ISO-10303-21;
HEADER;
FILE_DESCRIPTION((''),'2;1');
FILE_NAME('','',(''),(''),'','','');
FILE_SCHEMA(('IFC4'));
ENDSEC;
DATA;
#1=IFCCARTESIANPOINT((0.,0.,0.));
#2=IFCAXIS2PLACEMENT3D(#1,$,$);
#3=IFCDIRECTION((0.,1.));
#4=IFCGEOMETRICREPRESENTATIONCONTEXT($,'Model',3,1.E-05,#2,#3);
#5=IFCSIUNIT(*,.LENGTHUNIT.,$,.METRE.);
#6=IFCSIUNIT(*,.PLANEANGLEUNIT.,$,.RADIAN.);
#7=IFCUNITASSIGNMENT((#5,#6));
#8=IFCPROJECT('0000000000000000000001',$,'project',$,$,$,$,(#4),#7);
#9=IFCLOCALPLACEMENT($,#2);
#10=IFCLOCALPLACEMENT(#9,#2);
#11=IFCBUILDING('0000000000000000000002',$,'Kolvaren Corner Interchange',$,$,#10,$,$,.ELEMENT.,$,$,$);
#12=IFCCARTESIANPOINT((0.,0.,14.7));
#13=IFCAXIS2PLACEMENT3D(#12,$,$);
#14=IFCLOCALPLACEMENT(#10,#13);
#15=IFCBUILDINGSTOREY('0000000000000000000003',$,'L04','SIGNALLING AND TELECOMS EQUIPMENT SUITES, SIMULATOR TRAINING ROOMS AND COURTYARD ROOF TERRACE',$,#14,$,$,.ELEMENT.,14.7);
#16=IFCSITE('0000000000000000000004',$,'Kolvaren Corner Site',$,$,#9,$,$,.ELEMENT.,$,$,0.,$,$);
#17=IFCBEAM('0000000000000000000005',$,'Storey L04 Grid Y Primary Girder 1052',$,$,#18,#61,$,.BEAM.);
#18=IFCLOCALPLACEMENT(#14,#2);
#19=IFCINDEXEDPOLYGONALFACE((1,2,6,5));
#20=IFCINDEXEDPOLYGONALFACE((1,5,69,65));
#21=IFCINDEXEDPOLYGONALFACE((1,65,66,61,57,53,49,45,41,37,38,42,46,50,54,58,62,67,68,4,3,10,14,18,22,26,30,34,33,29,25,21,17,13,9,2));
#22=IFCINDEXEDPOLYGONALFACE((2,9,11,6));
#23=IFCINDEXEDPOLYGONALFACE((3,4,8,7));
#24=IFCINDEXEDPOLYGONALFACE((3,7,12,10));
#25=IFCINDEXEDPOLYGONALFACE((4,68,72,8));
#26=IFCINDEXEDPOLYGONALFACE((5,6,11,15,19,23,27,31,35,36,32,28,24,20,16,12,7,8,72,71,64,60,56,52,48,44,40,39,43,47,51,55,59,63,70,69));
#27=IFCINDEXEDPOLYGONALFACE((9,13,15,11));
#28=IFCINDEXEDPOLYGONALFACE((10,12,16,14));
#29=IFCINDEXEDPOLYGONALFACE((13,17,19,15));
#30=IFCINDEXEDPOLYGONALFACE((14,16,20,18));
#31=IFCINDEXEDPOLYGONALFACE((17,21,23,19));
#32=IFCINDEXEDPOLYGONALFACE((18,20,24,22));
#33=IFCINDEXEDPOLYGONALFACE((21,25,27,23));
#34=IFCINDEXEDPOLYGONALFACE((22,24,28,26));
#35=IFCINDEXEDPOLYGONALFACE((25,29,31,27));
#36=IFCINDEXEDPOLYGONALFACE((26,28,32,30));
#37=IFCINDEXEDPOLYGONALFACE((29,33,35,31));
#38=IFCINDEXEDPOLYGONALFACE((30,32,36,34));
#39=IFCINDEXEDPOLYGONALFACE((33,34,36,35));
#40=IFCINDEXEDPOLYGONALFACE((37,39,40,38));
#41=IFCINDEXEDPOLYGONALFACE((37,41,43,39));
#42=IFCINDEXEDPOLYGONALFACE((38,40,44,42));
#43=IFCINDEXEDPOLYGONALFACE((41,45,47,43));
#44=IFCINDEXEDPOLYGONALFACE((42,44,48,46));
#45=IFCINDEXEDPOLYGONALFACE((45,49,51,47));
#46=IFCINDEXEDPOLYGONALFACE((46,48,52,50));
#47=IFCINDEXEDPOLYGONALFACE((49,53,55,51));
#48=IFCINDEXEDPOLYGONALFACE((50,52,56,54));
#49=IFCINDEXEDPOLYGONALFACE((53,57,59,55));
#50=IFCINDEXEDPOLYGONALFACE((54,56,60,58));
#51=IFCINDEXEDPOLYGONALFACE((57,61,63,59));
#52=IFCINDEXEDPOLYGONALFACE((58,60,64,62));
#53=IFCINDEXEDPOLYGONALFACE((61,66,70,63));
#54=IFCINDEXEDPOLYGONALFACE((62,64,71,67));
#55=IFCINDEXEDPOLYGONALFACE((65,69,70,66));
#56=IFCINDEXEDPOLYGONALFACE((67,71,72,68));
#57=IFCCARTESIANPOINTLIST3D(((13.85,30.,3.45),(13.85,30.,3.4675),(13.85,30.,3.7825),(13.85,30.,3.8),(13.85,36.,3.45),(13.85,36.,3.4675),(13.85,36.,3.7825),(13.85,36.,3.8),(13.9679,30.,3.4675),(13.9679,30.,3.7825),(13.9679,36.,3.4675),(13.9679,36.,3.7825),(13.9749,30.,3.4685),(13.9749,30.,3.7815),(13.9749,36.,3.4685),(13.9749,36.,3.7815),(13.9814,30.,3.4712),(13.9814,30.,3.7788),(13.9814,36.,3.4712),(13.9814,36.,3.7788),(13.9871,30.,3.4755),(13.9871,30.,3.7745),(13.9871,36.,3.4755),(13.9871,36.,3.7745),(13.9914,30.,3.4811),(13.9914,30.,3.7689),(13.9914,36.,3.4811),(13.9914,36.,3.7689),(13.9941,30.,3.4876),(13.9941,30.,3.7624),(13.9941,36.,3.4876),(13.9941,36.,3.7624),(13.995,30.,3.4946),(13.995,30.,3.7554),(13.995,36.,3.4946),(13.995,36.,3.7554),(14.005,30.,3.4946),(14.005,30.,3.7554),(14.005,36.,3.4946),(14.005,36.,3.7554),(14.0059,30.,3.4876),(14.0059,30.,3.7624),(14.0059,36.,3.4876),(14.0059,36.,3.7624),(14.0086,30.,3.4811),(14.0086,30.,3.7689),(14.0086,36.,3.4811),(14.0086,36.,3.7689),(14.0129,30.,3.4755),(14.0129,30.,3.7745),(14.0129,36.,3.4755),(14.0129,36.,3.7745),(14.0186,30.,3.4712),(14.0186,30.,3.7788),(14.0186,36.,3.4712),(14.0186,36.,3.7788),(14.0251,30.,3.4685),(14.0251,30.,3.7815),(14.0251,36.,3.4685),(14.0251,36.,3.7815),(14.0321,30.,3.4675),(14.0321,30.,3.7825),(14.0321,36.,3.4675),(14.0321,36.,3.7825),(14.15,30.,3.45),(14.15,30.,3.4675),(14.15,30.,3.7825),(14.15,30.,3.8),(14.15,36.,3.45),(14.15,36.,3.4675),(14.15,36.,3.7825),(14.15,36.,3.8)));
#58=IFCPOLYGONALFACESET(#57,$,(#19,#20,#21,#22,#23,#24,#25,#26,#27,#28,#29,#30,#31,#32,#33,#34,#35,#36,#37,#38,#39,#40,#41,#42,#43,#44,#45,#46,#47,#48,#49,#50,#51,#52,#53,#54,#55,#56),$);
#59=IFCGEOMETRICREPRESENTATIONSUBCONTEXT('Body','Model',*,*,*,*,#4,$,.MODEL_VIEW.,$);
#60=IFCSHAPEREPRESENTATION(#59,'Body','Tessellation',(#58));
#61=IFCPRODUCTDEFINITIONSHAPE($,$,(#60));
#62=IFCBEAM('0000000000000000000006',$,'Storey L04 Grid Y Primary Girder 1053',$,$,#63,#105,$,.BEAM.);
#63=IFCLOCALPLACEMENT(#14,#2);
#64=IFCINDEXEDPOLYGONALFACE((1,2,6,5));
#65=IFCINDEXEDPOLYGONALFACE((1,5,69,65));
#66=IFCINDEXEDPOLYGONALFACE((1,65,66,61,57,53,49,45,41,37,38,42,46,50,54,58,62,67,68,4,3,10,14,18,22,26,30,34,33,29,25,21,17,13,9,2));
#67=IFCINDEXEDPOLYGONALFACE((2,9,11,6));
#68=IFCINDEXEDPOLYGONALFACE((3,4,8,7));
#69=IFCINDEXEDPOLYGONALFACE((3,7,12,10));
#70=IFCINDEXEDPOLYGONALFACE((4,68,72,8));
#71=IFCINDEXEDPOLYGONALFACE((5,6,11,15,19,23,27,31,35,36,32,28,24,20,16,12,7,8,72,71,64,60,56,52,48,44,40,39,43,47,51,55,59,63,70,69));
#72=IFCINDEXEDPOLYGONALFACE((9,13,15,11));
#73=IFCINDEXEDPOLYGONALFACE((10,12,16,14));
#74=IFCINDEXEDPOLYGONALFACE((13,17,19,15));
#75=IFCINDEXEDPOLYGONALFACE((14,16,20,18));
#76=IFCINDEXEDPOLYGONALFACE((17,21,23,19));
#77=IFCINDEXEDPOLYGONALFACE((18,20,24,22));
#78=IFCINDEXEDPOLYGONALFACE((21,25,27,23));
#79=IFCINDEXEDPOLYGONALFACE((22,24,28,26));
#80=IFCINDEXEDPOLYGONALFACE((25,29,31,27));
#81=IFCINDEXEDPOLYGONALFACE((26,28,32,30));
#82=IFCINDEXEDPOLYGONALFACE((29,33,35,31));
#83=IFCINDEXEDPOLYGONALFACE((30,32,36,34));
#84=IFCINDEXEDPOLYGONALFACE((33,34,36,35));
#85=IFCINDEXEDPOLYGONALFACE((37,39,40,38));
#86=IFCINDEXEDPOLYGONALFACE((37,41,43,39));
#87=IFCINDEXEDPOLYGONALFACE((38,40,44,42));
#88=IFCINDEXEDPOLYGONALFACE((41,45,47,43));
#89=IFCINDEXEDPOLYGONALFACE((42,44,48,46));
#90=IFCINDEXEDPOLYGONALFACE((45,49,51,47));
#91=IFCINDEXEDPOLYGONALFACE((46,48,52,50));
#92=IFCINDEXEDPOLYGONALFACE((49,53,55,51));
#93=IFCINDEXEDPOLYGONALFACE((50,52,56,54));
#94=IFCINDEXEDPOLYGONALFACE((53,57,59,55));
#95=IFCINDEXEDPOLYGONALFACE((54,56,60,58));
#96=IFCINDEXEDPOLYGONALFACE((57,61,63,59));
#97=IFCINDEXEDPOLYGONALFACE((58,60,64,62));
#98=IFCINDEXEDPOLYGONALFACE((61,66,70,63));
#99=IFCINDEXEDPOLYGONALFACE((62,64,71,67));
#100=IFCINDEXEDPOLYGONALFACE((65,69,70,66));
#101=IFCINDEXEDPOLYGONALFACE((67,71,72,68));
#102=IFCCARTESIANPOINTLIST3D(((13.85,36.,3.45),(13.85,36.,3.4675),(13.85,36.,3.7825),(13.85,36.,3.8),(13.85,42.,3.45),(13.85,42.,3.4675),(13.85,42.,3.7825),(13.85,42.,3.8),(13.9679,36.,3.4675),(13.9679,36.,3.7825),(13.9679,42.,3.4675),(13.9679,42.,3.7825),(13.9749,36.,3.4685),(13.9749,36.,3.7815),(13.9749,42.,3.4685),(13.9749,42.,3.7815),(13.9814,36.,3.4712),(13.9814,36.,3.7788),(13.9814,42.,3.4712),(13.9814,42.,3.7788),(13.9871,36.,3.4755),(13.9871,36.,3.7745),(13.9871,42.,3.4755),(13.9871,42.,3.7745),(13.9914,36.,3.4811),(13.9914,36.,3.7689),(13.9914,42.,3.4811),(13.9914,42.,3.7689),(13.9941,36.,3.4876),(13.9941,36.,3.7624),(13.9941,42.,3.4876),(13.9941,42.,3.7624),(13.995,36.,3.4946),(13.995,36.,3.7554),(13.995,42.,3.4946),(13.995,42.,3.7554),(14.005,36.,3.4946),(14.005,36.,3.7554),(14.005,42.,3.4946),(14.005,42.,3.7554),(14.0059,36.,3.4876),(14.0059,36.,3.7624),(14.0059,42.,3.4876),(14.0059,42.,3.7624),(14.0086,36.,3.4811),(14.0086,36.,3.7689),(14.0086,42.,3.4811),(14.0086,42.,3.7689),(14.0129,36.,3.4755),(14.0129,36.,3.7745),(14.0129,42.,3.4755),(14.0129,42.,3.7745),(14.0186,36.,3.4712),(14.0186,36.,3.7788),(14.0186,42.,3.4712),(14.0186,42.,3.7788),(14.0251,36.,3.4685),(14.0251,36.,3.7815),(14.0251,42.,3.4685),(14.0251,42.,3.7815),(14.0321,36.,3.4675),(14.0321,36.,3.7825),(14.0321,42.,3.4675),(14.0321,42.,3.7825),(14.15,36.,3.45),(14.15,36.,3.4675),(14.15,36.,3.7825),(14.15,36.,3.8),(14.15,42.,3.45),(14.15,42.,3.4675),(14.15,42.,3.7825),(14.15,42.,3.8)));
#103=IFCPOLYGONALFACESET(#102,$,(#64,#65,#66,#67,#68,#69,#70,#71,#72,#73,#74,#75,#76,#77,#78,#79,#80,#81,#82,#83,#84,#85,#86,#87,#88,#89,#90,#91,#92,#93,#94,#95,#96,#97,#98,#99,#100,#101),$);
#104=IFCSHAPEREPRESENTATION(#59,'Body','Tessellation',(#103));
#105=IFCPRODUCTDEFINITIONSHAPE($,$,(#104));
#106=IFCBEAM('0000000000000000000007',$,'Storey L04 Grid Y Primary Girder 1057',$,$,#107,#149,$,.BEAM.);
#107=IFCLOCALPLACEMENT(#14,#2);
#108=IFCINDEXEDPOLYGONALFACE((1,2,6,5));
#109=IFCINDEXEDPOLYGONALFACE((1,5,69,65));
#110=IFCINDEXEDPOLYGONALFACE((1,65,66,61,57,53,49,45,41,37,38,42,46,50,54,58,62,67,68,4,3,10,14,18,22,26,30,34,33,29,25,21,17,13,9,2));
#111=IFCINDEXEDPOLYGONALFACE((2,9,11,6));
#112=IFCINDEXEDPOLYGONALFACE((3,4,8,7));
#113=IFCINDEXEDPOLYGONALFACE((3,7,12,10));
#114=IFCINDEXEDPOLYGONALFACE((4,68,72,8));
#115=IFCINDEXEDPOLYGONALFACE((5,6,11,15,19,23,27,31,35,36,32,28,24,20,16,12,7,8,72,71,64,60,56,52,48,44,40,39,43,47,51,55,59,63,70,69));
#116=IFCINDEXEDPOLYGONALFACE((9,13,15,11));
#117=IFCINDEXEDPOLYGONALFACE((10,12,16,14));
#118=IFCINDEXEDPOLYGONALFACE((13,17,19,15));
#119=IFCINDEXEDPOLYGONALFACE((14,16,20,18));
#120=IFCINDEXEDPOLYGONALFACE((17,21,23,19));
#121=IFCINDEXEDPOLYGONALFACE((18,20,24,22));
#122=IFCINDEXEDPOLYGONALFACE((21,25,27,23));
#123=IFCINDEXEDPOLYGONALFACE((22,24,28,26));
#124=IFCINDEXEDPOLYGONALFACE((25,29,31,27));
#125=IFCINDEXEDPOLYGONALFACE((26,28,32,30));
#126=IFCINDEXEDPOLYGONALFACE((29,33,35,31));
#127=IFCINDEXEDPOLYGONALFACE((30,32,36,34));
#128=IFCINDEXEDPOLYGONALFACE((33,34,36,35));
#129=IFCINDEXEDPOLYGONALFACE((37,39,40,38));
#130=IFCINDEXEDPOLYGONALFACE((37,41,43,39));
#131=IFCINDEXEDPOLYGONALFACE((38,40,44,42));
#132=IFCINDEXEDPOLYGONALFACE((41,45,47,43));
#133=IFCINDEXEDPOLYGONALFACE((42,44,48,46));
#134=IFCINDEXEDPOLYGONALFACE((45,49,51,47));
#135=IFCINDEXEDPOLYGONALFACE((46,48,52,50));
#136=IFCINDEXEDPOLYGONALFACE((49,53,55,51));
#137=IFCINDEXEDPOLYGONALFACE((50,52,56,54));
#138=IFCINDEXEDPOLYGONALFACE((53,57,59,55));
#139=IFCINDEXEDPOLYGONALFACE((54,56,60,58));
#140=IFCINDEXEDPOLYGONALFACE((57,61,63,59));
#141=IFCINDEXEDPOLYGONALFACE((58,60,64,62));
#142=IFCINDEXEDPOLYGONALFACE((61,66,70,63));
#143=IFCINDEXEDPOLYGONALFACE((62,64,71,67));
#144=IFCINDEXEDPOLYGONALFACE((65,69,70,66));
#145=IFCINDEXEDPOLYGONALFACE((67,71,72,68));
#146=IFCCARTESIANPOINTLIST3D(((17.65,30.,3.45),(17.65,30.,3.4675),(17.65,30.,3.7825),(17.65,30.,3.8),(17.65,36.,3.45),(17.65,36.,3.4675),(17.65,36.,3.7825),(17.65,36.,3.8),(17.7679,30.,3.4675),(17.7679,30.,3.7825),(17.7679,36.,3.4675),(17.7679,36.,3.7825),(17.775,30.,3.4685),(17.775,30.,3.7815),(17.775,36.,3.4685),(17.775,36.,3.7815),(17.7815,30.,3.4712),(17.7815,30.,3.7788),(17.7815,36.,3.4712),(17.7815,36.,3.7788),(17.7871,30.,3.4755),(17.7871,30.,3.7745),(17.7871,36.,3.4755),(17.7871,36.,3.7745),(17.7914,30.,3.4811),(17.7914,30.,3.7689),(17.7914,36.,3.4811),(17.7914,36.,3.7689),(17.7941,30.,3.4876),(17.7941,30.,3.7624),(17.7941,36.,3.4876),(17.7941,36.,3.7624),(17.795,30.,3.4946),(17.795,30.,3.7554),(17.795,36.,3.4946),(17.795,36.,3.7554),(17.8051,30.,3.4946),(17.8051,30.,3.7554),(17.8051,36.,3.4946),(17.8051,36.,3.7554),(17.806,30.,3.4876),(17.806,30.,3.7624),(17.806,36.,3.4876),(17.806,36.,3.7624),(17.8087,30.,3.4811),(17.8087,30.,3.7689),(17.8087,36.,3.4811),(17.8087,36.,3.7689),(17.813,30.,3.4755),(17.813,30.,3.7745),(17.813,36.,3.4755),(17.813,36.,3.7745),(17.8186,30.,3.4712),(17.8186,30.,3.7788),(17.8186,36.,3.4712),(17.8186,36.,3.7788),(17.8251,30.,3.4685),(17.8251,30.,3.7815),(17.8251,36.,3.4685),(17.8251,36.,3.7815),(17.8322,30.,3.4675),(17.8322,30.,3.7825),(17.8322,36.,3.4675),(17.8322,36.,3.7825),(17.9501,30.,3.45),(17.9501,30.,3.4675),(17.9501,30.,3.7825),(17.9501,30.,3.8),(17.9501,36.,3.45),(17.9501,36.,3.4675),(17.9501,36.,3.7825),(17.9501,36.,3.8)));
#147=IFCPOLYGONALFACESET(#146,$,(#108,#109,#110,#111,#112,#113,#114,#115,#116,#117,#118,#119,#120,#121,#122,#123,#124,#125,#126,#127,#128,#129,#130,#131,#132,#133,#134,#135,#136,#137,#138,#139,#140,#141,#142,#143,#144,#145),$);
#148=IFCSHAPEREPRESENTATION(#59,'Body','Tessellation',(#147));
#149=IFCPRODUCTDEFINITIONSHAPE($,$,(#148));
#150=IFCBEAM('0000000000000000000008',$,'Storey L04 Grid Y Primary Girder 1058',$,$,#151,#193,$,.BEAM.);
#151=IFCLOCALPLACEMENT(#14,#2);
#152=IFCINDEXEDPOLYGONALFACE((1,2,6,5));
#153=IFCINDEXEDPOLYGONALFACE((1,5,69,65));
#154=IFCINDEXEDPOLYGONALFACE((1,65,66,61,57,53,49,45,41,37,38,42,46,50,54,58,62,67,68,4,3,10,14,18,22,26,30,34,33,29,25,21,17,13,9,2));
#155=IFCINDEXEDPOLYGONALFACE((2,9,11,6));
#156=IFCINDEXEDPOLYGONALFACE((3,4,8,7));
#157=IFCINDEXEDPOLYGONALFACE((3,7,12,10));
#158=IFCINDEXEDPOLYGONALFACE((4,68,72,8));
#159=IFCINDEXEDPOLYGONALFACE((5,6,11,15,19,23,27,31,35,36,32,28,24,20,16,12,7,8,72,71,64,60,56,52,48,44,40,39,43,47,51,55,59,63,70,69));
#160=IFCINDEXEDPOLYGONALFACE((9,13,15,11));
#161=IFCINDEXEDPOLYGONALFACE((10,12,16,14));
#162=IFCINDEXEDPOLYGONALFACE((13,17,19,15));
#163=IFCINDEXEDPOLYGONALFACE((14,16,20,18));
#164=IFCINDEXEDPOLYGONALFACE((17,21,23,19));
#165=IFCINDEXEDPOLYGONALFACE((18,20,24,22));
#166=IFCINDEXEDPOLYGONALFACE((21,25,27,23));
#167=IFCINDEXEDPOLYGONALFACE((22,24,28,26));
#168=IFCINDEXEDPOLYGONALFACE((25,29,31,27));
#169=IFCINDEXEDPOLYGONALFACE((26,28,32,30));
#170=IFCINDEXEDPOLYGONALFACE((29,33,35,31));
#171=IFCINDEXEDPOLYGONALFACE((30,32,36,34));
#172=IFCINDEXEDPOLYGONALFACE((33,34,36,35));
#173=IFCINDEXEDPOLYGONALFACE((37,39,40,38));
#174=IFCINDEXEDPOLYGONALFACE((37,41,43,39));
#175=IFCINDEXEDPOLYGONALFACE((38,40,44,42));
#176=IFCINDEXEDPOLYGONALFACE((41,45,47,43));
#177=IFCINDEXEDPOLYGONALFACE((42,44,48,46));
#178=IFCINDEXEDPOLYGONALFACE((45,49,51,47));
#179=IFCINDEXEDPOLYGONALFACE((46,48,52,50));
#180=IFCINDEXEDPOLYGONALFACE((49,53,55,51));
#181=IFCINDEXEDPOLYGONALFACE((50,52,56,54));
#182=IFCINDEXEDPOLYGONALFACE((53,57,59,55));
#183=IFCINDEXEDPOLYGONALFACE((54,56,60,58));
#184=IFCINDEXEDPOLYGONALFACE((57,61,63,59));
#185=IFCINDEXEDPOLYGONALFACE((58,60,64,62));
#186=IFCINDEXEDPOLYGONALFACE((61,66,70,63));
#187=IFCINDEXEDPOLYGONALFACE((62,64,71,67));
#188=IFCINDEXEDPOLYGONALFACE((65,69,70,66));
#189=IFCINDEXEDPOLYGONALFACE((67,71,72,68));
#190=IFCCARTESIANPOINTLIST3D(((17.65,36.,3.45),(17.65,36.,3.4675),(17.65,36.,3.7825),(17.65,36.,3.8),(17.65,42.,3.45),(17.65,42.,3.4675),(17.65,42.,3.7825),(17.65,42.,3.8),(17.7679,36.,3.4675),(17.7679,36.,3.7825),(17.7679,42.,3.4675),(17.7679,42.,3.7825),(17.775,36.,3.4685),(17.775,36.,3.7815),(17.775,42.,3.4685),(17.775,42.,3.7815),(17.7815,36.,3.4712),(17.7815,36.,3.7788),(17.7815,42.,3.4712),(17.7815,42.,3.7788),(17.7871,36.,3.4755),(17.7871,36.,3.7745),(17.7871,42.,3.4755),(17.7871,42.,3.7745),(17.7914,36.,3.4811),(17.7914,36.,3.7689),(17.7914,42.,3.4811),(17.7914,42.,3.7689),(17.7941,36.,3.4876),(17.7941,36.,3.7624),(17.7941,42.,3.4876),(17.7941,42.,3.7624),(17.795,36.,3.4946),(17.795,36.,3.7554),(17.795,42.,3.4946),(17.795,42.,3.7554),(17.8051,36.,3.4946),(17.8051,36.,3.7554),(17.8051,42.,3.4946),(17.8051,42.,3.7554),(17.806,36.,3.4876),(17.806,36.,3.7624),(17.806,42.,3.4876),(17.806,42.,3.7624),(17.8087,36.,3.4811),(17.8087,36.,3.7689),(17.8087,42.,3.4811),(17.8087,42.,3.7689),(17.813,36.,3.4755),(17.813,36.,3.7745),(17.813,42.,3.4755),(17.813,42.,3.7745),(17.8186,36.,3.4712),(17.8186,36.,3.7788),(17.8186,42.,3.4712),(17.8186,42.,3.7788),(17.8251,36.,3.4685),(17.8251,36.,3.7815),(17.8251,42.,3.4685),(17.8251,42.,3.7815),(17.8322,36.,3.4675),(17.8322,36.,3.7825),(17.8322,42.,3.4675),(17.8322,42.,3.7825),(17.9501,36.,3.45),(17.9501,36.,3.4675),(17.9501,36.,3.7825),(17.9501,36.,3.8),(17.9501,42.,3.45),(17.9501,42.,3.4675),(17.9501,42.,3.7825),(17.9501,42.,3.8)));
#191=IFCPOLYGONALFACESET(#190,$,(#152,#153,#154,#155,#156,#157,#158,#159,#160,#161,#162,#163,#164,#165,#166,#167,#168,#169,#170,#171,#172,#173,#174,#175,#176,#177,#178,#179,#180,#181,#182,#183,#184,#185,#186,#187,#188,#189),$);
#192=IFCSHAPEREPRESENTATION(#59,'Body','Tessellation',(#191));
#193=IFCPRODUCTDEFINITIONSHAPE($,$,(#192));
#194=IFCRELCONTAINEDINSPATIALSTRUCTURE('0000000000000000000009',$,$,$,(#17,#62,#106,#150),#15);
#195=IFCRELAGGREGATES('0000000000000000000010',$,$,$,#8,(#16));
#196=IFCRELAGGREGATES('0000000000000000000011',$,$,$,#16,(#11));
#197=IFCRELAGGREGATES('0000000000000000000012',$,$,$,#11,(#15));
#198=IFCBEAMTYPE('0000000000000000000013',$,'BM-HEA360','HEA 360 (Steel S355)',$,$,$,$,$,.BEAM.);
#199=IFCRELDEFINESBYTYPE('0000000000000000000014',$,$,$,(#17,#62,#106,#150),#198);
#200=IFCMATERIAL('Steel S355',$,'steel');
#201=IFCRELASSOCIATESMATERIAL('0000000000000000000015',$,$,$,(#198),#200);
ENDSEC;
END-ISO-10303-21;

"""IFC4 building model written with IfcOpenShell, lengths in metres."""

from ifc_helpers import new_model, si_unit, direction, frame, origin, origin_2d, place, context, subcontext, project, spatial, i_section, extrude, material, material_profile, profile_set, type_object, element, save


model = new_model("IFC4")

# Units and contexts
model_context = context("Model", 3, precision=1e-05, world=origin(), true_north=direction((0.0, 1.0)))
body_context = subcontext(model_context, "Body", "Model", "MODEL_VIEW")
ifc_project = project(units=[si_unit("LENGTHUNIT", "METRE"), si_unit("PLANEANGLEUNIT", "RADIAN")], contexts=[model_context])

# Site, building, storey
site_placement = place(None, origin())
site = spatial("IfcSite", under=ifc_project, at=site_placement, Name="Kolvaren Corner Site", CompositionType="ELEMENT", RefElevation=0.0)
building_placement = place(site_placement, origin())
building = spatial("IfcBuilding", under=site, at=building_placement, Name="Kolvaren Corner Interchange", CompositionType="ELEMENT")
storey_placement = place(building_placement, frame((0.0, 0.0, 14.7)))
storey = spatial("IfcBuildingStorey", under=building, at=storey_placement, Name="L04", Description="SIGNALLING AND TELECOMS EQUIPMENT SUITES, SIMULATOR TRAINING ROOMS AND COURTYARD ROOF TERRACE", CompositionType="ELEMENT", Elevation=14.7)

# Beams
ifc_material_1 = material(Name="Steel S355", Category="steel")
ifc_material_profile_1 = material_profile(ifc_material_1, i_section(OverallWidth=0.3, OverallDepth=0.3501, WebThickness=0.01, FlangeThickness=0.0176, FilletRadius=0.0271, at=origin_2d()), Name="HEA 360")
ifc_profile_set_1 = profile_set([ifc_material_profile_1], Name="Steel S355")
beam_type_1 = type_object("IfcBeamType", Name="BM-HEA360", Description="HEA 360 (Steel S355)", PredefinedType="BEAM", material=ifc_profile_set_1)
for number, where, z_axis, x_axis, name in (
    (1, (14.0, 30.0, 3.625), (0.0, 1.0, 0.0), (-1.0, 0.0, 0.0), "Storey L04 Grid Y Primary Girder 1052"),
    (2, (14.0, 36.0, 3.625), (0.0, 1.0, 0.0), (-1.0, 0.0, 0.0), "Storey L04 Grid Y Primary Girder 1053"),
    (3, (17.8, 30.0, 3.625), (0.0, 1.0, 0.0), (-1.0, 0.0, 0.0), "Storey L04 Grid Y Primary Girder 1057"),
    (4, (17.8, 36.0, 3.625), (0.0, 1.0, 0.0), (-1.0, 0.0, 0.0), "Storey L04 Grid Y Primary Girder 1058"),
):
    element("IfcBeam", number, at=place(storey_placement, frame(where, z_axis=z_axis, x_axis=x_axis)), inside=storey, type_object=beam_type_1, Name=name, PredefinedType="BEAM", context=body_context, shape_type="SweptSolid", body=[
        extrude(i_section(OverallWidth=0.3, OverallDepth=0.3501, WebThickness=0.01, FlangeThickness=0.0176, FilletRadius=0.0271, at=origin_2d()), origin(), (0.0, 0.0, 1.0), 6.0),
    ])

save(model, "model.ifc")
